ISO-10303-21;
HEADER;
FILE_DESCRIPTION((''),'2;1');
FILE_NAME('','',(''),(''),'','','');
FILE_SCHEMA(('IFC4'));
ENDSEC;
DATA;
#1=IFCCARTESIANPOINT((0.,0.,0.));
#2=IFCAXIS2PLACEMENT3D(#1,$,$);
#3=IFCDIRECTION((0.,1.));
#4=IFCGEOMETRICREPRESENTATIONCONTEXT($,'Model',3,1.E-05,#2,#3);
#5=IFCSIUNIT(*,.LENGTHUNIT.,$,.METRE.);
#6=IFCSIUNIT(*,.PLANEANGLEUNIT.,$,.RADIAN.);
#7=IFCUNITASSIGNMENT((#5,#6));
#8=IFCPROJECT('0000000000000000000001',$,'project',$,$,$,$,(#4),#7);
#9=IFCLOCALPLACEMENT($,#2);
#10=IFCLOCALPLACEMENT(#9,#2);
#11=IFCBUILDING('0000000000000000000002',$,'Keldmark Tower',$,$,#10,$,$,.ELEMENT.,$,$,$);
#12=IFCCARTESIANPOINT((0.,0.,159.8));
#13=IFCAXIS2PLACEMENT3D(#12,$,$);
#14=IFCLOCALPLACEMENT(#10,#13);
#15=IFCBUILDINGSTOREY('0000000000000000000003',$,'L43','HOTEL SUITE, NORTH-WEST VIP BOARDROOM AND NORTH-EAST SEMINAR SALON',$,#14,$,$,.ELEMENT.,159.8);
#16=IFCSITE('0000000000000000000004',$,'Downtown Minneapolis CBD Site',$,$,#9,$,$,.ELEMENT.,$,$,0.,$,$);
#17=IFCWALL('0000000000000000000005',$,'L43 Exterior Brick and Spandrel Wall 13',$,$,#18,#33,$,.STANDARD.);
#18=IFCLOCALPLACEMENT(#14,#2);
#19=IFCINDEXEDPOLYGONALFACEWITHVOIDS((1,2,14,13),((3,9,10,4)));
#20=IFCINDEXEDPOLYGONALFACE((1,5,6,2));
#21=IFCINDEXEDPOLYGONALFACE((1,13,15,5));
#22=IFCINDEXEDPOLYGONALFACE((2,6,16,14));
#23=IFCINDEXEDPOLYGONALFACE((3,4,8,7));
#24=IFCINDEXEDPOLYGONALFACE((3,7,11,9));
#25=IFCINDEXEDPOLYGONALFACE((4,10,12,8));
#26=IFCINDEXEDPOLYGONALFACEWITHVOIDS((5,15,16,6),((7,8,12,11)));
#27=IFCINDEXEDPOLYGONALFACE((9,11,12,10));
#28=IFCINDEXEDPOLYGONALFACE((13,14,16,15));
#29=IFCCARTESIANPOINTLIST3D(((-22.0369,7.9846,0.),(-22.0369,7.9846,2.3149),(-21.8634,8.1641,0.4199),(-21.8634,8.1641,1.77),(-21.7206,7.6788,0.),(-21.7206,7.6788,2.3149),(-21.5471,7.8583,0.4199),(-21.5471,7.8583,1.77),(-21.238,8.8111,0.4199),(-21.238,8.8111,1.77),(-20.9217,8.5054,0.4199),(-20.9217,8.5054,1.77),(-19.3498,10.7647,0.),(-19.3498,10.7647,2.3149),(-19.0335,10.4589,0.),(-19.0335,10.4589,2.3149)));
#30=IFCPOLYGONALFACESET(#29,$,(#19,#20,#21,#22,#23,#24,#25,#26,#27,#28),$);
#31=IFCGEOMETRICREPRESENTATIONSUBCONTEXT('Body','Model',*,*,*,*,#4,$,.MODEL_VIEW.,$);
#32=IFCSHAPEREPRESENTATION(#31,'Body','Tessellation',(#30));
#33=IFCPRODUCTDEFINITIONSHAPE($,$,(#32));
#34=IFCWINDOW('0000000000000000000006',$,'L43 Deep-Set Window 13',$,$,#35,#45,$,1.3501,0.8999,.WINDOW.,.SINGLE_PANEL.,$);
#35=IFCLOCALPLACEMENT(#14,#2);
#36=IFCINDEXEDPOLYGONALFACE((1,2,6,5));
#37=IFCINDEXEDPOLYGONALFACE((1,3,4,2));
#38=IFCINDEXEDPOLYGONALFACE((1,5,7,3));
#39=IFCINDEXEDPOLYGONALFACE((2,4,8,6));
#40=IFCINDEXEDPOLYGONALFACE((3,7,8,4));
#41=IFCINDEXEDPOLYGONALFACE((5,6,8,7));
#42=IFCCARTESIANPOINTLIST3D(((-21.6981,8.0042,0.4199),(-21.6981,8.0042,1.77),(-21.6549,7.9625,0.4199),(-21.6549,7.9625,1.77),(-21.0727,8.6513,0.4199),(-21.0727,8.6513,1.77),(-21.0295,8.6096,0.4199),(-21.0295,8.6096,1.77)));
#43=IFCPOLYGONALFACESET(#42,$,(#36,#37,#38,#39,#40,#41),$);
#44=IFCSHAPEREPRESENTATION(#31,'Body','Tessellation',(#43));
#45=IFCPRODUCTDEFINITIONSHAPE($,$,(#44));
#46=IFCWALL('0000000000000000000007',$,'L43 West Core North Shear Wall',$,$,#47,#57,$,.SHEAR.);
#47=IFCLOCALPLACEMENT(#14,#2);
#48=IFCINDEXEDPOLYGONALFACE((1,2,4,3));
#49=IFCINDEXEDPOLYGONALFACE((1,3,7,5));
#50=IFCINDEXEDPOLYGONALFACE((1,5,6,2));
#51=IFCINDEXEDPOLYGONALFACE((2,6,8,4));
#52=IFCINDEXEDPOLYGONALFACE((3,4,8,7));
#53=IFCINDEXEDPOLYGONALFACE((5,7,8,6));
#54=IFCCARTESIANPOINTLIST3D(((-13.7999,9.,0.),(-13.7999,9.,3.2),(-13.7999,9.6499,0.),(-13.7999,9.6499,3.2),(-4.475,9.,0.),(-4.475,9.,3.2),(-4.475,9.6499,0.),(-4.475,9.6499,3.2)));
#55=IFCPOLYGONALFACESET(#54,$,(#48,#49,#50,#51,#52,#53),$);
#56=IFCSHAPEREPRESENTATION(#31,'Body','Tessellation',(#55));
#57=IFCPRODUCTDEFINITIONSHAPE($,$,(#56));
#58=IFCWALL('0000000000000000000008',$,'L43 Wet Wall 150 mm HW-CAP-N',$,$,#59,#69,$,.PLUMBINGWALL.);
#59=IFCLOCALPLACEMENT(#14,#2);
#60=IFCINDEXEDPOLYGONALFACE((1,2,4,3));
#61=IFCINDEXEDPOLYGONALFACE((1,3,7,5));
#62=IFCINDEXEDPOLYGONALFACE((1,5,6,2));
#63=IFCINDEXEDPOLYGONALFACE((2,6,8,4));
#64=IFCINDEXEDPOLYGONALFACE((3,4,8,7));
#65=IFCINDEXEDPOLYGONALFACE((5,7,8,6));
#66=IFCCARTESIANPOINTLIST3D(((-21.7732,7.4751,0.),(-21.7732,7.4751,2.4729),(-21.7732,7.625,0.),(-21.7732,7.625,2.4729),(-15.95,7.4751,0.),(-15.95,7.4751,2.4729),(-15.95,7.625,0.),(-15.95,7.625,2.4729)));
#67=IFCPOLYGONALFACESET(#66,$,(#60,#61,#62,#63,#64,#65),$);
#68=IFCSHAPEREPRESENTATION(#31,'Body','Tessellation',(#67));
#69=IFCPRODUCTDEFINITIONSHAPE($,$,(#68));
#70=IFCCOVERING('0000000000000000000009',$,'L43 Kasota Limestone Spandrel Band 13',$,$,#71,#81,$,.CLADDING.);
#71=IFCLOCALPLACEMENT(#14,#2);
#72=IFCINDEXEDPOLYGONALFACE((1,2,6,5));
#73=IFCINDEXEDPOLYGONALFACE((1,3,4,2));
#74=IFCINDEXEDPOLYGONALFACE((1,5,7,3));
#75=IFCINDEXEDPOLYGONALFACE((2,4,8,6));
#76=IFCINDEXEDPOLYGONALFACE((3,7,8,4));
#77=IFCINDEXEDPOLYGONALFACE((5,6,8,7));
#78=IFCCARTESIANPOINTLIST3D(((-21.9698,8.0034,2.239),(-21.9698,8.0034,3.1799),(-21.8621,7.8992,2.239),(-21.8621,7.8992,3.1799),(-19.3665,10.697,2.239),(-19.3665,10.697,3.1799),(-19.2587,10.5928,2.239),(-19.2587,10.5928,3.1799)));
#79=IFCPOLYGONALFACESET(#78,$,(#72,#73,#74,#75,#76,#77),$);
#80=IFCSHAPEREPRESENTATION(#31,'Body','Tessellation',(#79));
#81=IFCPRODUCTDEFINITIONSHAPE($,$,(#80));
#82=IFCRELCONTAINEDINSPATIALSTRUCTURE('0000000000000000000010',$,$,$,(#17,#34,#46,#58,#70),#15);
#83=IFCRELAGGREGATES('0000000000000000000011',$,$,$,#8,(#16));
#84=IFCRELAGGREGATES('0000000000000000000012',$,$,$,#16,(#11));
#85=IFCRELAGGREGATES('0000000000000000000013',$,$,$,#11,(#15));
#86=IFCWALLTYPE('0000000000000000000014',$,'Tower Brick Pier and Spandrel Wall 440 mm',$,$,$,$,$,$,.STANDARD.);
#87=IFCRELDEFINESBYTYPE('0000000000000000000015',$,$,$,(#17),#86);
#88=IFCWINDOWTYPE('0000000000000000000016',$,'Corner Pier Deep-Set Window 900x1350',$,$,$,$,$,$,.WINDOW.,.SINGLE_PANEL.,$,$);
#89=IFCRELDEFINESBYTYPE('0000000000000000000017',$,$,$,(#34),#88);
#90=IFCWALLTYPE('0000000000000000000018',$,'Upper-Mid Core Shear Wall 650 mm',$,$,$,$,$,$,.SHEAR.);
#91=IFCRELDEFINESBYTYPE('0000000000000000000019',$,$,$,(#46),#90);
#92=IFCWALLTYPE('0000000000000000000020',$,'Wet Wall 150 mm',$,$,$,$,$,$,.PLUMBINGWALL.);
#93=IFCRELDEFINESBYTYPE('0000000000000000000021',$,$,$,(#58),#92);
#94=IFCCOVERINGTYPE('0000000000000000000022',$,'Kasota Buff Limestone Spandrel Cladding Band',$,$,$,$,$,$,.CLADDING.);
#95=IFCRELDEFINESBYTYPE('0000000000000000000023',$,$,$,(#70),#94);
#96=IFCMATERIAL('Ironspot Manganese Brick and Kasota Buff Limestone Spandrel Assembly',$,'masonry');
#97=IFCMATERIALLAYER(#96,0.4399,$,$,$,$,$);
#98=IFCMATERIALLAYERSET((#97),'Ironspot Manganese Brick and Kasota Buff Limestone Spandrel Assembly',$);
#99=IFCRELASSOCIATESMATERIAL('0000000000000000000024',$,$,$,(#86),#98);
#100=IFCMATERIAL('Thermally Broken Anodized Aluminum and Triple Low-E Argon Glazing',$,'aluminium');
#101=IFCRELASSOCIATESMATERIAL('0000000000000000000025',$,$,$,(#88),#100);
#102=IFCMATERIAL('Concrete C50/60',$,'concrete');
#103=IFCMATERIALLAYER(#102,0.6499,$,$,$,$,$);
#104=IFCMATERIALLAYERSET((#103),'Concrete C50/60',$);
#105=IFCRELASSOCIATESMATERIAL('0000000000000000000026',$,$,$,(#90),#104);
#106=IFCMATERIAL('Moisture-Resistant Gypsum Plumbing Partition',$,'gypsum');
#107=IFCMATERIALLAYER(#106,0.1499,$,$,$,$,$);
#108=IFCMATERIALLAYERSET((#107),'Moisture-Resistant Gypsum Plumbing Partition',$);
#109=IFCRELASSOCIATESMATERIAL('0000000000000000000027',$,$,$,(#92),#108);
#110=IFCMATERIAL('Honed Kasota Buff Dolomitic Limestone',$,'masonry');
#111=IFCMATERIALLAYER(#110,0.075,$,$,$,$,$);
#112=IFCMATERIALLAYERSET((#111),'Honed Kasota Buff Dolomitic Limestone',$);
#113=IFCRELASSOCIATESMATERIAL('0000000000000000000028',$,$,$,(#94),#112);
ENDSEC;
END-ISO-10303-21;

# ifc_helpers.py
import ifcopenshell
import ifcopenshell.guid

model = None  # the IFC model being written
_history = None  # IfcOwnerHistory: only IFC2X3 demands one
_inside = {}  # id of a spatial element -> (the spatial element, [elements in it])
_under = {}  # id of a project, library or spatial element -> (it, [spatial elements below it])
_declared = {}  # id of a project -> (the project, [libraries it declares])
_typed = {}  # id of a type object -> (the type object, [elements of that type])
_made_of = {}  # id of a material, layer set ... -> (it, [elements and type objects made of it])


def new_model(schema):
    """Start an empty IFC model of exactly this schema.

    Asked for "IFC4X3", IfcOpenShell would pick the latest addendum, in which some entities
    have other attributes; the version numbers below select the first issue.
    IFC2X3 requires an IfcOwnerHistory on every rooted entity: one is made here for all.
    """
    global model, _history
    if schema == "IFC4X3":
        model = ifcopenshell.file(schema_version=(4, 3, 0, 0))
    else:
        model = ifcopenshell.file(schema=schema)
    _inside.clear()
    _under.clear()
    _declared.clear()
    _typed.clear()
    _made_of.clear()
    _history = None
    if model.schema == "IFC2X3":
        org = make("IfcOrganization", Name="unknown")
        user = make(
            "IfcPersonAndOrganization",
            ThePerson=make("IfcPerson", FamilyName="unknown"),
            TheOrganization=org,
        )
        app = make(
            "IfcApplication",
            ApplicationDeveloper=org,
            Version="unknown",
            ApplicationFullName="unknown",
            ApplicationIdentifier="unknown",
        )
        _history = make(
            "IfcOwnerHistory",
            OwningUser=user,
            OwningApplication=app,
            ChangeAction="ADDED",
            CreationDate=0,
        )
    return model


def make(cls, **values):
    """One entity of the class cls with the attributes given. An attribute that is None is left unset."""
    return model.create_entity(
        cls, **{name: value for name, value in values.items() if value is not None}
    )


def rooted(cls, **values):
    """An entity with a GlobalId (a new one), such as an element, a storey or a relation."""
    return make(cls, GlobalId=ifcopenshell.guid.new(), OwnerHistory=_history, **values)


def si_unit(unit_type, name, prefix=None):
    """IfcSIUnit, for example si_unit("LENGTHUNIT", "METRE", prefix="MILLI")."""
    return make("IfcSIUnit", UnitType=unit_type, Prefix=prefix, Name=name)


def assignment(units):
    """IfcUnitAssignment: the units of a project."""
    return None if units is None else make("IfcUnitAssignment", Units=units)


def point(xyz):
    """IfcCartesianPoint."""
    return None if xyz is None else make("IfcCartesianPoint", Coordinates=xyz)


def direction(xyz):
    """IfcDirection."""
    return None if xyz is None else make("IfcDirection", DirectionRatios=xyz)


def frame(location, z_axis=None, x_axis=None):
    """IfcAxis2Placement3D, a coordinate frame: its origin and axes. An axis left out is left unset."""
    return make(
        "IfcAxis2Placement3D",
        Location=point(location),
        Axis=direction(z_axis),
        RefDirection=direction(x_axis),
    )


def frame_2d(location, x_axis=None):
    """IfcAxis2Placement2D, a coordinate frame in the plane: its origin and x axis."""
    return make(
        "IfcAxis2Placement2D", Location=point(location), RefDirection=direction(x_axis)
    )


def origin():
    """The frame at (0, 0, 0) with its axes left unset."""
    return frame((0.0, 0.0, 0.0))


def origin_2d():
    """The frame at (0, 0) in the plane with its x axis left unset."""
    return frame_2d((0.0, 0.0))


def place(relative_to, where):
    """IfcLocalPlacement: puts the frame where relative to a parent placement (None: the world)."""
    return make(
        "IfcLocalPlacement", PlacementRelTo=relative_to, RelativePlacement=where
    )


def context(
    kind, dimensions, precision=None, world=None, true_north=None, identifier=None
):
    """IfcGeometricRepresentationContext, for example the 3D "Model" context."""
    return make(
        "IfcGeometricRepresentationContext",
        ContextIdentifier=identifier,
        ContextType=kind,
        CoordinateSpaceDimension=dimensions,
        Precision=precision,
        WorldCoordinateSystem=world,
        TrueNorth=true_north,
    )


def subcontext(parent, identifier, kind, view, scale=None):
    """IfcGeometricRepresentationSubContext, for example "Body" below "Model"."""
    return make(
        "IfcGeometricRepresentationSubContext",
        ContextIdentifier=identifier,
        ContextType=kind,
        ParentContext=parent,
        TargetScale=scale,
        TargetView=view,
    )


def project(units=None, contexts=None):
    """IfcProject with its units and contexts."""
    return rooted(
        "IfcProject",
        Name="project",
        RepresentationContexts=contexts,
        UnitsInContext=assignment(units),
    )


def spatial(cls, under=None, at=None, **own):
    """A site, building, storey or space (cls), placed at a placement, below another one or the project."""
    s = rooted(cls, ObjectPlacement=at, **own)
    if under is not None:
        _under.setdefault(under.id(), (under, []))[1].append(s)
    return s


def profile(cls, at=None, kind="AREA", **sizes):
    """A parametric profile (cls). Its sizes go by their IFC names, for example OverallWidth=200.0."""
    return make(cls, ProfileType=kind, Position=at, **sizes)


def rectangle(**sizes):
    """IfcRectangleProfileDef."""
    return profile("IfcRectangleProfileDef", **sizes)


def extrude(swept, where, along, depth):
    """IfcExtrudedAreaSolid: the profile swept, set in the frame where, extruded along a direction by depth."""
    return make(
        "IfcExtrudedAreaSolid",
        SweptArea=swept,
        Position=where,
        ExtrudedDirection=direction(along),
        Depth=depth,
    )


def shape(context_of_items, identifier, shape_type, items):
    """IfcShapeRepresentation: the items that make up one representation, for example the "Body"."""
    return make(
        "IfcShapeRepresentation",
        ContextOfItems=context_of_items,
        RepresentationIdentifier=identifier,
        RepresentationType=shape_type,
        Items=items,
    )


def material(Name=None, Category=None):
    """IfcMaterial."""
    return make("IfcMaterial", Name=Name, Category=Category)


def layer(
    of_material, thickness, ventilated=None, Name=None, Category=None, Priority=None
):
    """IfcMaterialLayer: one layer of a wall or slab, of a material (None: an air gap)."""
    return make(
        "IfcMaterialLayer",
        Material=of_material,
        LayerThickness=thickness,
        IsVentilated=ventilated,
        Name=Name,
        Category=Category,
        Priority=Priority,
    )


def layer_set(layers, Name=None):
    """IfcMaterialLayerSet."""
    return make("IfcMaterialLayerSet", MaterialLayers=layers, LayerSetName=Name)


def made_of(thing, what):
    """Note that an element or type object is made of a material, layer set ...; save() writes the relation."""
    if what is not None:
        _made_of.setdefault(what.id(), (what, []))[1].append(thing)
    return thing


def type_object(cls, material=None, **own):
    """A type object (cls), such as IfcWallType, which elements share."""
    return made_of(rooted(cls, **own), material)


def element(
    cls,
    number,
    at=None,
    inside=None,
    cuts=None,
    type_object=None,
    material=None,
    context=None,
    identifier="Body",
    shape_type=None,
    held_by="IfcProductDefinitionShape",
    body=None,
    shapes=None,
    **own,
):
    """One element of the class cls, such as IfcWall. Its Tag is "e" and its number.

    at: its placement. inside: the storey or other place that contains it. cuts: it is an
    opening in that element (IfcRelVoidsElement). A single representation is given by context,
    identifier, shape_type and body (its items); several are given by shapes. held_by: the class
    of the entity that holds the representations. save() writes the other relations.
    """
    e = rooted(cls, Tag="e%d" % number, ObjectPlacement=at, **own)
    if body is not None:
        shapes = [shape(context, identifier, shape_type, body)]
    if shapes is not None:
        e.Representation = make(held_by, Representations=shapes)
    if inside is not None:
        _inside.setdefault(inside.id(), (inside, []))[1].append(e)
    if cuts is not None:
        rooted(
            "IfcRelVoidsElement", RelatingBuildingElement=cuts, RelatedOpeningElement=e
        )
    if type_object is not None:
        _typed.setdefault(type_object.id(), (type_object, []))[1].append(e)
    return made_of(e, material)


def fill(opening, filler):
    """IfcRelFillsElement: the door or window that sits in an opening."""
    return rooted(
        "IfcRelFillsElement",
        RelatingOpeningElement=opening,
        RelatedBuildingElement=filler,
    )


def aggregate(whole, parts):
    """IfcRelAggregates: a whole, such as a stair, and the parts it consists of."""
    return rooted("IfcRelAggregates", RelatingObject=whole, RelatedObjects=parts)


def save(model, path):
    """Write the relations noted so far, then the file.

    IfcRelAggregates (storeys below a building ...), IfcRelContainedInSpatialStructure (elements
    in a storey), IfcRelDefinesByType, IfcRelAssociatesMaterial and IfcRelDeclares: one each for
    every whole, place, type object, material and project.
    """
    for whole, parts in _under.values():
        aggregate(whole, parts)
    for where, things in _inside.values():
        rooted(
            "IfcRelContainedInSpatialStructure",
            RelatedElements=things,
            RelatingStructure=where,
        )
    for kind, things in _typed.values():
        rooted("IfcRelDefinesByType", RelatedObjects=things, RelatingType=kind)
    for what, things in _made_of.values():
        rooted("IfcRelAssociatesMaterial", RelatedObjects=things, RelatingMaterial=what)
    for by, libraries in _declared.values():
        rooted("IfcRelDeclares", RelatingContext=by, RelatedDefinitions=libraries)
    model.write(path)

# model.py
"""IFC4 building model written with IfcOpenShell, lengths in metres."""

from ifc_helpers import new_model, si_unit, direction, frame, frame_2d, origin, origin_2d, place, context, subcontext, project, spatial, rectangle, extrude, material, layer, layer_set, type_object, element, fill, save


model = new_model("IFC4")

# Units and contexts
model_context = context("Model", 3, precision=1e-05, world=origin(), true_north=direction((0.0, 1.0)))
body_context = subcontext(model_context, "Body", "Model", "MODEL_VIEW")
ifc_project = project(units=[si_unit("LENGTHUNIT", "METRE"), si_unit("PLANEANGLEUNIT", "RADIAN")], contexts=[model_context])

# Site, building, storey
site_placement = place(None, origin())
site = spatial("IfcSite", under=ifc_project, at=site_placement, Name="Downtown Minneapolis CBD Site", CompositionType="ELEMENT", RefElevation=0.0)
building_placement = place(site_placement, origin())
building = spatial("IfcBuilding", under=site, at=building_placement, Name="Keldmark Tower", CompositionType="ELEMENT")
storey_placement = place(building_placement, frame((0.0, 0.0, 159.8)))
storey = spatial("IfcBuildingStorey", under=building, at=storey_placement, Name="L43", Description="HOTEL SUITE, NORTH-WEST VIP BOARDROOM AND NORTH-EAST SEMINAR SALON", CompositionType="ELEMENT", Elevation=159.8)

# Wall, opening, window
ifc_material_1 = material(Name="Ironspot Manganese Brick and Kasota Buff Limestone Spandrel Assembly", Category="masonry")
ifc_layer_1 = layer(ifc_material_1, 0.4399)
ifc_layer_set_1 = layer_set([ifc_layer_1], Name="Ironspot Manganese Brick and Kasota Buff Limestone Spandrel Assembly")
wall_type_1 = type_object("IfcWallType", Name="Tower Brick Pier and Spandrel Wall 440 mm", PredefinedType="STANDARD", material=ifc_layer_set_1)
ifc_material_2 = material(Name="Thermally Broken Anodized Aluminum and Triple Low-E Argon Glazing", Category="aluminium")
window_type = type_object("IfcWindowType", Name="Corner Pier Deep-Set Window 900x1350", PartitioningType="SINGLE_PANEL", PredefinedType="WINDOW", material=ifc_material_2)
wall_1_placement = place(storey_placement, frame((-21.8787, 7.8318, 0.0), z_axis=(0.0, 0.0, 1.0), x_axis=(0.694975, 0.719034, 0.0)))
wall_1 = element("IfcWall", 1, at=wall_1_placement, inside=storey, type_object=wall_type_1, Name="L43 Exterior Brick and Spandrel Wall 13", PredefinedType="STANDARD", context=body_context, shape_type="SweptSolid", body=[
    extrude(rectangle(XDim=3.8665, YDim=0.4399, at=frame_2d((1.9331, 0.0))), origin(), (0.0, 0.0, 1.0), 2.3149),
])
opening_1_placement = place(wall_1_placement, frame((0.2495, 0.0, 0.4199)))
opening_1 = element("IfcOpeningElement", 2, at=opening_1_placement, cuts=wall_1, PredefinedType="OPENING", context=body_context, shape_type="SweptSolid", body=[
    extrude(rectangle(XDim=0.8999, YDim=1.3501, at=frame_2d((0.45, 0.675))), frame((0.0, 0.23, 0.0), z_axis=(0.0, -1.0, 0.0), x_axis=(1.0, 0.0, 0.0)), (0.0, 0.0, 1.0), 0.46),
])
window_1_placement = place(opening_1_placement, origin())
window_1 = element("IfcWindow", 3, at=window_1_placement, inside=storey, type_object=window_type, Name="L43 Deep-Set Window 13", OverallHeight=1.3501, OverallWidth=0.8999, PartitioningType="SINGLE_PANEL", PredefinedType="WINDOW", context=body_context, shape_type="SweptSolid", body=[
    extrude(rectangle(XDim=0.8999, YDim=1.3501, at=frame_2d((0.45, 0.675))), frame((0.0, -0.01, 0.0), z_axis=(0.0, -1.0, 0.0), x_axis=(1.0, 0.0, 0.0)), (0.0, 0.0, 1.0), 0.0601),
])
fill(opening_1, window_1)

# Walls
ifc_material_3 = material(Name="Concrete C50/60", Category="concrete")
ifc_layer_2 = layer(ifc_material_3, 0.6499)
ifc_layer_set_2 = layer_set([ifc_layer_2], Name="Concrete C50/60")
wall_type_2 = type_object("IfcWallType", Name="Upper-Mid Core Shear Wall 650 mm", PredefinedType="SHEAR", material=ifc_layer_set_2)
wall_2_placement = place(storey_placement, frame((-13.8, 9.325, 0.0), z_axis=(0.0, 0.0, 1.0), x_axis=(1.0, 0.0, 0.0)))
element("IfcWall", 4, at=wall_2_placement, inside=storey, type_object=wall_type_2, Name="L43 West Core North Shear Wall", PredefinedType="SHEAR", context=body_context, shape_type="SweptSolid", body=[
    extrude(rectangle(XDim=9.325, YDim=0.6499, at=frame_2d((4.6626, 0.0))), origin(), (0.0, 0.0, 1.0), 3.2),
])
ifc_material_4 = material(Name="Moisture-Resistant Gypsum Plumbing Partition", Category="gypsum")
ifc_layer_3 = layer(ifc_material_4, 0.1499)
ifc_layer_set_3 = layer_set([ifc_layer_3], Name="Moisture-Resistant Gypsum Plumbing Partition")
wall_type_3 = type_object("IfcWallType", Name="Wet Wall 150 mm", PredefinedType="PLUMBINGWALL", material=ifc_layer_set_3)
wall_3_placement = place(storey_placement, frame((-21.7732, 7.55, 0.0), z_axis=(0.0, 0.0, 1.0), x_axis=(1.0, 0.0, 0.0)))
element("IfcWall", 5, at=wall_3_placement, inside=storey, type_object=wall_type_3, Name="L43 Wet Wall 150 mm HW-CAP-N", PredefinedType="PLUMBINGWALL", context=body_context, shape_type="SweptSolid", body=[
    extrude(rectangle(XDim=5.8232, YDim=0.1499, at=frame_2d((2.9116, 0.0))), origin(), (0.0, 0.0, 1.0), 2.4729),
])

# Covering
ifc_material_5 = material(Name="Honed Kasota Buff Dolomitic Limestone", Category="masonry")
ifc_layer_4 = layer(ifc_material_5, 0.075)
ifc_layer_set_4 = layer_set([ifc_layer_4], Name="Honed Kasota Buff Dolomitic Limestone")
covering_type = type_object("IfcCoveringType", Name="Kasota Buff Limestone Spandrel Cladding Band", PredefinedType="CLADDING", material=ifc_layer_set_4)
covering_placement = place(storey_placement, frame((-20.6143, 9.2981, 2.239), z_axis=(0.0, 0.0, 1.0), x_axis=(-0.69496, -0.719049, 0.0)))
element("IfcCovering", 6, at=covering_placement, inside=storey, type_object=covering_type, Name="L43 Kasota Limestone Spandrel Band 13", PredefinedType="CLADDING", context=body_context, shape_type="SweptSolid", body=[
    extrude(rectangle(XDim=3.7461, YDim=0.1499, at=origin_2d()), origin(), (0.0, 0.0, 1.0), 0.9409),
])

save(model, "model.ifc")
